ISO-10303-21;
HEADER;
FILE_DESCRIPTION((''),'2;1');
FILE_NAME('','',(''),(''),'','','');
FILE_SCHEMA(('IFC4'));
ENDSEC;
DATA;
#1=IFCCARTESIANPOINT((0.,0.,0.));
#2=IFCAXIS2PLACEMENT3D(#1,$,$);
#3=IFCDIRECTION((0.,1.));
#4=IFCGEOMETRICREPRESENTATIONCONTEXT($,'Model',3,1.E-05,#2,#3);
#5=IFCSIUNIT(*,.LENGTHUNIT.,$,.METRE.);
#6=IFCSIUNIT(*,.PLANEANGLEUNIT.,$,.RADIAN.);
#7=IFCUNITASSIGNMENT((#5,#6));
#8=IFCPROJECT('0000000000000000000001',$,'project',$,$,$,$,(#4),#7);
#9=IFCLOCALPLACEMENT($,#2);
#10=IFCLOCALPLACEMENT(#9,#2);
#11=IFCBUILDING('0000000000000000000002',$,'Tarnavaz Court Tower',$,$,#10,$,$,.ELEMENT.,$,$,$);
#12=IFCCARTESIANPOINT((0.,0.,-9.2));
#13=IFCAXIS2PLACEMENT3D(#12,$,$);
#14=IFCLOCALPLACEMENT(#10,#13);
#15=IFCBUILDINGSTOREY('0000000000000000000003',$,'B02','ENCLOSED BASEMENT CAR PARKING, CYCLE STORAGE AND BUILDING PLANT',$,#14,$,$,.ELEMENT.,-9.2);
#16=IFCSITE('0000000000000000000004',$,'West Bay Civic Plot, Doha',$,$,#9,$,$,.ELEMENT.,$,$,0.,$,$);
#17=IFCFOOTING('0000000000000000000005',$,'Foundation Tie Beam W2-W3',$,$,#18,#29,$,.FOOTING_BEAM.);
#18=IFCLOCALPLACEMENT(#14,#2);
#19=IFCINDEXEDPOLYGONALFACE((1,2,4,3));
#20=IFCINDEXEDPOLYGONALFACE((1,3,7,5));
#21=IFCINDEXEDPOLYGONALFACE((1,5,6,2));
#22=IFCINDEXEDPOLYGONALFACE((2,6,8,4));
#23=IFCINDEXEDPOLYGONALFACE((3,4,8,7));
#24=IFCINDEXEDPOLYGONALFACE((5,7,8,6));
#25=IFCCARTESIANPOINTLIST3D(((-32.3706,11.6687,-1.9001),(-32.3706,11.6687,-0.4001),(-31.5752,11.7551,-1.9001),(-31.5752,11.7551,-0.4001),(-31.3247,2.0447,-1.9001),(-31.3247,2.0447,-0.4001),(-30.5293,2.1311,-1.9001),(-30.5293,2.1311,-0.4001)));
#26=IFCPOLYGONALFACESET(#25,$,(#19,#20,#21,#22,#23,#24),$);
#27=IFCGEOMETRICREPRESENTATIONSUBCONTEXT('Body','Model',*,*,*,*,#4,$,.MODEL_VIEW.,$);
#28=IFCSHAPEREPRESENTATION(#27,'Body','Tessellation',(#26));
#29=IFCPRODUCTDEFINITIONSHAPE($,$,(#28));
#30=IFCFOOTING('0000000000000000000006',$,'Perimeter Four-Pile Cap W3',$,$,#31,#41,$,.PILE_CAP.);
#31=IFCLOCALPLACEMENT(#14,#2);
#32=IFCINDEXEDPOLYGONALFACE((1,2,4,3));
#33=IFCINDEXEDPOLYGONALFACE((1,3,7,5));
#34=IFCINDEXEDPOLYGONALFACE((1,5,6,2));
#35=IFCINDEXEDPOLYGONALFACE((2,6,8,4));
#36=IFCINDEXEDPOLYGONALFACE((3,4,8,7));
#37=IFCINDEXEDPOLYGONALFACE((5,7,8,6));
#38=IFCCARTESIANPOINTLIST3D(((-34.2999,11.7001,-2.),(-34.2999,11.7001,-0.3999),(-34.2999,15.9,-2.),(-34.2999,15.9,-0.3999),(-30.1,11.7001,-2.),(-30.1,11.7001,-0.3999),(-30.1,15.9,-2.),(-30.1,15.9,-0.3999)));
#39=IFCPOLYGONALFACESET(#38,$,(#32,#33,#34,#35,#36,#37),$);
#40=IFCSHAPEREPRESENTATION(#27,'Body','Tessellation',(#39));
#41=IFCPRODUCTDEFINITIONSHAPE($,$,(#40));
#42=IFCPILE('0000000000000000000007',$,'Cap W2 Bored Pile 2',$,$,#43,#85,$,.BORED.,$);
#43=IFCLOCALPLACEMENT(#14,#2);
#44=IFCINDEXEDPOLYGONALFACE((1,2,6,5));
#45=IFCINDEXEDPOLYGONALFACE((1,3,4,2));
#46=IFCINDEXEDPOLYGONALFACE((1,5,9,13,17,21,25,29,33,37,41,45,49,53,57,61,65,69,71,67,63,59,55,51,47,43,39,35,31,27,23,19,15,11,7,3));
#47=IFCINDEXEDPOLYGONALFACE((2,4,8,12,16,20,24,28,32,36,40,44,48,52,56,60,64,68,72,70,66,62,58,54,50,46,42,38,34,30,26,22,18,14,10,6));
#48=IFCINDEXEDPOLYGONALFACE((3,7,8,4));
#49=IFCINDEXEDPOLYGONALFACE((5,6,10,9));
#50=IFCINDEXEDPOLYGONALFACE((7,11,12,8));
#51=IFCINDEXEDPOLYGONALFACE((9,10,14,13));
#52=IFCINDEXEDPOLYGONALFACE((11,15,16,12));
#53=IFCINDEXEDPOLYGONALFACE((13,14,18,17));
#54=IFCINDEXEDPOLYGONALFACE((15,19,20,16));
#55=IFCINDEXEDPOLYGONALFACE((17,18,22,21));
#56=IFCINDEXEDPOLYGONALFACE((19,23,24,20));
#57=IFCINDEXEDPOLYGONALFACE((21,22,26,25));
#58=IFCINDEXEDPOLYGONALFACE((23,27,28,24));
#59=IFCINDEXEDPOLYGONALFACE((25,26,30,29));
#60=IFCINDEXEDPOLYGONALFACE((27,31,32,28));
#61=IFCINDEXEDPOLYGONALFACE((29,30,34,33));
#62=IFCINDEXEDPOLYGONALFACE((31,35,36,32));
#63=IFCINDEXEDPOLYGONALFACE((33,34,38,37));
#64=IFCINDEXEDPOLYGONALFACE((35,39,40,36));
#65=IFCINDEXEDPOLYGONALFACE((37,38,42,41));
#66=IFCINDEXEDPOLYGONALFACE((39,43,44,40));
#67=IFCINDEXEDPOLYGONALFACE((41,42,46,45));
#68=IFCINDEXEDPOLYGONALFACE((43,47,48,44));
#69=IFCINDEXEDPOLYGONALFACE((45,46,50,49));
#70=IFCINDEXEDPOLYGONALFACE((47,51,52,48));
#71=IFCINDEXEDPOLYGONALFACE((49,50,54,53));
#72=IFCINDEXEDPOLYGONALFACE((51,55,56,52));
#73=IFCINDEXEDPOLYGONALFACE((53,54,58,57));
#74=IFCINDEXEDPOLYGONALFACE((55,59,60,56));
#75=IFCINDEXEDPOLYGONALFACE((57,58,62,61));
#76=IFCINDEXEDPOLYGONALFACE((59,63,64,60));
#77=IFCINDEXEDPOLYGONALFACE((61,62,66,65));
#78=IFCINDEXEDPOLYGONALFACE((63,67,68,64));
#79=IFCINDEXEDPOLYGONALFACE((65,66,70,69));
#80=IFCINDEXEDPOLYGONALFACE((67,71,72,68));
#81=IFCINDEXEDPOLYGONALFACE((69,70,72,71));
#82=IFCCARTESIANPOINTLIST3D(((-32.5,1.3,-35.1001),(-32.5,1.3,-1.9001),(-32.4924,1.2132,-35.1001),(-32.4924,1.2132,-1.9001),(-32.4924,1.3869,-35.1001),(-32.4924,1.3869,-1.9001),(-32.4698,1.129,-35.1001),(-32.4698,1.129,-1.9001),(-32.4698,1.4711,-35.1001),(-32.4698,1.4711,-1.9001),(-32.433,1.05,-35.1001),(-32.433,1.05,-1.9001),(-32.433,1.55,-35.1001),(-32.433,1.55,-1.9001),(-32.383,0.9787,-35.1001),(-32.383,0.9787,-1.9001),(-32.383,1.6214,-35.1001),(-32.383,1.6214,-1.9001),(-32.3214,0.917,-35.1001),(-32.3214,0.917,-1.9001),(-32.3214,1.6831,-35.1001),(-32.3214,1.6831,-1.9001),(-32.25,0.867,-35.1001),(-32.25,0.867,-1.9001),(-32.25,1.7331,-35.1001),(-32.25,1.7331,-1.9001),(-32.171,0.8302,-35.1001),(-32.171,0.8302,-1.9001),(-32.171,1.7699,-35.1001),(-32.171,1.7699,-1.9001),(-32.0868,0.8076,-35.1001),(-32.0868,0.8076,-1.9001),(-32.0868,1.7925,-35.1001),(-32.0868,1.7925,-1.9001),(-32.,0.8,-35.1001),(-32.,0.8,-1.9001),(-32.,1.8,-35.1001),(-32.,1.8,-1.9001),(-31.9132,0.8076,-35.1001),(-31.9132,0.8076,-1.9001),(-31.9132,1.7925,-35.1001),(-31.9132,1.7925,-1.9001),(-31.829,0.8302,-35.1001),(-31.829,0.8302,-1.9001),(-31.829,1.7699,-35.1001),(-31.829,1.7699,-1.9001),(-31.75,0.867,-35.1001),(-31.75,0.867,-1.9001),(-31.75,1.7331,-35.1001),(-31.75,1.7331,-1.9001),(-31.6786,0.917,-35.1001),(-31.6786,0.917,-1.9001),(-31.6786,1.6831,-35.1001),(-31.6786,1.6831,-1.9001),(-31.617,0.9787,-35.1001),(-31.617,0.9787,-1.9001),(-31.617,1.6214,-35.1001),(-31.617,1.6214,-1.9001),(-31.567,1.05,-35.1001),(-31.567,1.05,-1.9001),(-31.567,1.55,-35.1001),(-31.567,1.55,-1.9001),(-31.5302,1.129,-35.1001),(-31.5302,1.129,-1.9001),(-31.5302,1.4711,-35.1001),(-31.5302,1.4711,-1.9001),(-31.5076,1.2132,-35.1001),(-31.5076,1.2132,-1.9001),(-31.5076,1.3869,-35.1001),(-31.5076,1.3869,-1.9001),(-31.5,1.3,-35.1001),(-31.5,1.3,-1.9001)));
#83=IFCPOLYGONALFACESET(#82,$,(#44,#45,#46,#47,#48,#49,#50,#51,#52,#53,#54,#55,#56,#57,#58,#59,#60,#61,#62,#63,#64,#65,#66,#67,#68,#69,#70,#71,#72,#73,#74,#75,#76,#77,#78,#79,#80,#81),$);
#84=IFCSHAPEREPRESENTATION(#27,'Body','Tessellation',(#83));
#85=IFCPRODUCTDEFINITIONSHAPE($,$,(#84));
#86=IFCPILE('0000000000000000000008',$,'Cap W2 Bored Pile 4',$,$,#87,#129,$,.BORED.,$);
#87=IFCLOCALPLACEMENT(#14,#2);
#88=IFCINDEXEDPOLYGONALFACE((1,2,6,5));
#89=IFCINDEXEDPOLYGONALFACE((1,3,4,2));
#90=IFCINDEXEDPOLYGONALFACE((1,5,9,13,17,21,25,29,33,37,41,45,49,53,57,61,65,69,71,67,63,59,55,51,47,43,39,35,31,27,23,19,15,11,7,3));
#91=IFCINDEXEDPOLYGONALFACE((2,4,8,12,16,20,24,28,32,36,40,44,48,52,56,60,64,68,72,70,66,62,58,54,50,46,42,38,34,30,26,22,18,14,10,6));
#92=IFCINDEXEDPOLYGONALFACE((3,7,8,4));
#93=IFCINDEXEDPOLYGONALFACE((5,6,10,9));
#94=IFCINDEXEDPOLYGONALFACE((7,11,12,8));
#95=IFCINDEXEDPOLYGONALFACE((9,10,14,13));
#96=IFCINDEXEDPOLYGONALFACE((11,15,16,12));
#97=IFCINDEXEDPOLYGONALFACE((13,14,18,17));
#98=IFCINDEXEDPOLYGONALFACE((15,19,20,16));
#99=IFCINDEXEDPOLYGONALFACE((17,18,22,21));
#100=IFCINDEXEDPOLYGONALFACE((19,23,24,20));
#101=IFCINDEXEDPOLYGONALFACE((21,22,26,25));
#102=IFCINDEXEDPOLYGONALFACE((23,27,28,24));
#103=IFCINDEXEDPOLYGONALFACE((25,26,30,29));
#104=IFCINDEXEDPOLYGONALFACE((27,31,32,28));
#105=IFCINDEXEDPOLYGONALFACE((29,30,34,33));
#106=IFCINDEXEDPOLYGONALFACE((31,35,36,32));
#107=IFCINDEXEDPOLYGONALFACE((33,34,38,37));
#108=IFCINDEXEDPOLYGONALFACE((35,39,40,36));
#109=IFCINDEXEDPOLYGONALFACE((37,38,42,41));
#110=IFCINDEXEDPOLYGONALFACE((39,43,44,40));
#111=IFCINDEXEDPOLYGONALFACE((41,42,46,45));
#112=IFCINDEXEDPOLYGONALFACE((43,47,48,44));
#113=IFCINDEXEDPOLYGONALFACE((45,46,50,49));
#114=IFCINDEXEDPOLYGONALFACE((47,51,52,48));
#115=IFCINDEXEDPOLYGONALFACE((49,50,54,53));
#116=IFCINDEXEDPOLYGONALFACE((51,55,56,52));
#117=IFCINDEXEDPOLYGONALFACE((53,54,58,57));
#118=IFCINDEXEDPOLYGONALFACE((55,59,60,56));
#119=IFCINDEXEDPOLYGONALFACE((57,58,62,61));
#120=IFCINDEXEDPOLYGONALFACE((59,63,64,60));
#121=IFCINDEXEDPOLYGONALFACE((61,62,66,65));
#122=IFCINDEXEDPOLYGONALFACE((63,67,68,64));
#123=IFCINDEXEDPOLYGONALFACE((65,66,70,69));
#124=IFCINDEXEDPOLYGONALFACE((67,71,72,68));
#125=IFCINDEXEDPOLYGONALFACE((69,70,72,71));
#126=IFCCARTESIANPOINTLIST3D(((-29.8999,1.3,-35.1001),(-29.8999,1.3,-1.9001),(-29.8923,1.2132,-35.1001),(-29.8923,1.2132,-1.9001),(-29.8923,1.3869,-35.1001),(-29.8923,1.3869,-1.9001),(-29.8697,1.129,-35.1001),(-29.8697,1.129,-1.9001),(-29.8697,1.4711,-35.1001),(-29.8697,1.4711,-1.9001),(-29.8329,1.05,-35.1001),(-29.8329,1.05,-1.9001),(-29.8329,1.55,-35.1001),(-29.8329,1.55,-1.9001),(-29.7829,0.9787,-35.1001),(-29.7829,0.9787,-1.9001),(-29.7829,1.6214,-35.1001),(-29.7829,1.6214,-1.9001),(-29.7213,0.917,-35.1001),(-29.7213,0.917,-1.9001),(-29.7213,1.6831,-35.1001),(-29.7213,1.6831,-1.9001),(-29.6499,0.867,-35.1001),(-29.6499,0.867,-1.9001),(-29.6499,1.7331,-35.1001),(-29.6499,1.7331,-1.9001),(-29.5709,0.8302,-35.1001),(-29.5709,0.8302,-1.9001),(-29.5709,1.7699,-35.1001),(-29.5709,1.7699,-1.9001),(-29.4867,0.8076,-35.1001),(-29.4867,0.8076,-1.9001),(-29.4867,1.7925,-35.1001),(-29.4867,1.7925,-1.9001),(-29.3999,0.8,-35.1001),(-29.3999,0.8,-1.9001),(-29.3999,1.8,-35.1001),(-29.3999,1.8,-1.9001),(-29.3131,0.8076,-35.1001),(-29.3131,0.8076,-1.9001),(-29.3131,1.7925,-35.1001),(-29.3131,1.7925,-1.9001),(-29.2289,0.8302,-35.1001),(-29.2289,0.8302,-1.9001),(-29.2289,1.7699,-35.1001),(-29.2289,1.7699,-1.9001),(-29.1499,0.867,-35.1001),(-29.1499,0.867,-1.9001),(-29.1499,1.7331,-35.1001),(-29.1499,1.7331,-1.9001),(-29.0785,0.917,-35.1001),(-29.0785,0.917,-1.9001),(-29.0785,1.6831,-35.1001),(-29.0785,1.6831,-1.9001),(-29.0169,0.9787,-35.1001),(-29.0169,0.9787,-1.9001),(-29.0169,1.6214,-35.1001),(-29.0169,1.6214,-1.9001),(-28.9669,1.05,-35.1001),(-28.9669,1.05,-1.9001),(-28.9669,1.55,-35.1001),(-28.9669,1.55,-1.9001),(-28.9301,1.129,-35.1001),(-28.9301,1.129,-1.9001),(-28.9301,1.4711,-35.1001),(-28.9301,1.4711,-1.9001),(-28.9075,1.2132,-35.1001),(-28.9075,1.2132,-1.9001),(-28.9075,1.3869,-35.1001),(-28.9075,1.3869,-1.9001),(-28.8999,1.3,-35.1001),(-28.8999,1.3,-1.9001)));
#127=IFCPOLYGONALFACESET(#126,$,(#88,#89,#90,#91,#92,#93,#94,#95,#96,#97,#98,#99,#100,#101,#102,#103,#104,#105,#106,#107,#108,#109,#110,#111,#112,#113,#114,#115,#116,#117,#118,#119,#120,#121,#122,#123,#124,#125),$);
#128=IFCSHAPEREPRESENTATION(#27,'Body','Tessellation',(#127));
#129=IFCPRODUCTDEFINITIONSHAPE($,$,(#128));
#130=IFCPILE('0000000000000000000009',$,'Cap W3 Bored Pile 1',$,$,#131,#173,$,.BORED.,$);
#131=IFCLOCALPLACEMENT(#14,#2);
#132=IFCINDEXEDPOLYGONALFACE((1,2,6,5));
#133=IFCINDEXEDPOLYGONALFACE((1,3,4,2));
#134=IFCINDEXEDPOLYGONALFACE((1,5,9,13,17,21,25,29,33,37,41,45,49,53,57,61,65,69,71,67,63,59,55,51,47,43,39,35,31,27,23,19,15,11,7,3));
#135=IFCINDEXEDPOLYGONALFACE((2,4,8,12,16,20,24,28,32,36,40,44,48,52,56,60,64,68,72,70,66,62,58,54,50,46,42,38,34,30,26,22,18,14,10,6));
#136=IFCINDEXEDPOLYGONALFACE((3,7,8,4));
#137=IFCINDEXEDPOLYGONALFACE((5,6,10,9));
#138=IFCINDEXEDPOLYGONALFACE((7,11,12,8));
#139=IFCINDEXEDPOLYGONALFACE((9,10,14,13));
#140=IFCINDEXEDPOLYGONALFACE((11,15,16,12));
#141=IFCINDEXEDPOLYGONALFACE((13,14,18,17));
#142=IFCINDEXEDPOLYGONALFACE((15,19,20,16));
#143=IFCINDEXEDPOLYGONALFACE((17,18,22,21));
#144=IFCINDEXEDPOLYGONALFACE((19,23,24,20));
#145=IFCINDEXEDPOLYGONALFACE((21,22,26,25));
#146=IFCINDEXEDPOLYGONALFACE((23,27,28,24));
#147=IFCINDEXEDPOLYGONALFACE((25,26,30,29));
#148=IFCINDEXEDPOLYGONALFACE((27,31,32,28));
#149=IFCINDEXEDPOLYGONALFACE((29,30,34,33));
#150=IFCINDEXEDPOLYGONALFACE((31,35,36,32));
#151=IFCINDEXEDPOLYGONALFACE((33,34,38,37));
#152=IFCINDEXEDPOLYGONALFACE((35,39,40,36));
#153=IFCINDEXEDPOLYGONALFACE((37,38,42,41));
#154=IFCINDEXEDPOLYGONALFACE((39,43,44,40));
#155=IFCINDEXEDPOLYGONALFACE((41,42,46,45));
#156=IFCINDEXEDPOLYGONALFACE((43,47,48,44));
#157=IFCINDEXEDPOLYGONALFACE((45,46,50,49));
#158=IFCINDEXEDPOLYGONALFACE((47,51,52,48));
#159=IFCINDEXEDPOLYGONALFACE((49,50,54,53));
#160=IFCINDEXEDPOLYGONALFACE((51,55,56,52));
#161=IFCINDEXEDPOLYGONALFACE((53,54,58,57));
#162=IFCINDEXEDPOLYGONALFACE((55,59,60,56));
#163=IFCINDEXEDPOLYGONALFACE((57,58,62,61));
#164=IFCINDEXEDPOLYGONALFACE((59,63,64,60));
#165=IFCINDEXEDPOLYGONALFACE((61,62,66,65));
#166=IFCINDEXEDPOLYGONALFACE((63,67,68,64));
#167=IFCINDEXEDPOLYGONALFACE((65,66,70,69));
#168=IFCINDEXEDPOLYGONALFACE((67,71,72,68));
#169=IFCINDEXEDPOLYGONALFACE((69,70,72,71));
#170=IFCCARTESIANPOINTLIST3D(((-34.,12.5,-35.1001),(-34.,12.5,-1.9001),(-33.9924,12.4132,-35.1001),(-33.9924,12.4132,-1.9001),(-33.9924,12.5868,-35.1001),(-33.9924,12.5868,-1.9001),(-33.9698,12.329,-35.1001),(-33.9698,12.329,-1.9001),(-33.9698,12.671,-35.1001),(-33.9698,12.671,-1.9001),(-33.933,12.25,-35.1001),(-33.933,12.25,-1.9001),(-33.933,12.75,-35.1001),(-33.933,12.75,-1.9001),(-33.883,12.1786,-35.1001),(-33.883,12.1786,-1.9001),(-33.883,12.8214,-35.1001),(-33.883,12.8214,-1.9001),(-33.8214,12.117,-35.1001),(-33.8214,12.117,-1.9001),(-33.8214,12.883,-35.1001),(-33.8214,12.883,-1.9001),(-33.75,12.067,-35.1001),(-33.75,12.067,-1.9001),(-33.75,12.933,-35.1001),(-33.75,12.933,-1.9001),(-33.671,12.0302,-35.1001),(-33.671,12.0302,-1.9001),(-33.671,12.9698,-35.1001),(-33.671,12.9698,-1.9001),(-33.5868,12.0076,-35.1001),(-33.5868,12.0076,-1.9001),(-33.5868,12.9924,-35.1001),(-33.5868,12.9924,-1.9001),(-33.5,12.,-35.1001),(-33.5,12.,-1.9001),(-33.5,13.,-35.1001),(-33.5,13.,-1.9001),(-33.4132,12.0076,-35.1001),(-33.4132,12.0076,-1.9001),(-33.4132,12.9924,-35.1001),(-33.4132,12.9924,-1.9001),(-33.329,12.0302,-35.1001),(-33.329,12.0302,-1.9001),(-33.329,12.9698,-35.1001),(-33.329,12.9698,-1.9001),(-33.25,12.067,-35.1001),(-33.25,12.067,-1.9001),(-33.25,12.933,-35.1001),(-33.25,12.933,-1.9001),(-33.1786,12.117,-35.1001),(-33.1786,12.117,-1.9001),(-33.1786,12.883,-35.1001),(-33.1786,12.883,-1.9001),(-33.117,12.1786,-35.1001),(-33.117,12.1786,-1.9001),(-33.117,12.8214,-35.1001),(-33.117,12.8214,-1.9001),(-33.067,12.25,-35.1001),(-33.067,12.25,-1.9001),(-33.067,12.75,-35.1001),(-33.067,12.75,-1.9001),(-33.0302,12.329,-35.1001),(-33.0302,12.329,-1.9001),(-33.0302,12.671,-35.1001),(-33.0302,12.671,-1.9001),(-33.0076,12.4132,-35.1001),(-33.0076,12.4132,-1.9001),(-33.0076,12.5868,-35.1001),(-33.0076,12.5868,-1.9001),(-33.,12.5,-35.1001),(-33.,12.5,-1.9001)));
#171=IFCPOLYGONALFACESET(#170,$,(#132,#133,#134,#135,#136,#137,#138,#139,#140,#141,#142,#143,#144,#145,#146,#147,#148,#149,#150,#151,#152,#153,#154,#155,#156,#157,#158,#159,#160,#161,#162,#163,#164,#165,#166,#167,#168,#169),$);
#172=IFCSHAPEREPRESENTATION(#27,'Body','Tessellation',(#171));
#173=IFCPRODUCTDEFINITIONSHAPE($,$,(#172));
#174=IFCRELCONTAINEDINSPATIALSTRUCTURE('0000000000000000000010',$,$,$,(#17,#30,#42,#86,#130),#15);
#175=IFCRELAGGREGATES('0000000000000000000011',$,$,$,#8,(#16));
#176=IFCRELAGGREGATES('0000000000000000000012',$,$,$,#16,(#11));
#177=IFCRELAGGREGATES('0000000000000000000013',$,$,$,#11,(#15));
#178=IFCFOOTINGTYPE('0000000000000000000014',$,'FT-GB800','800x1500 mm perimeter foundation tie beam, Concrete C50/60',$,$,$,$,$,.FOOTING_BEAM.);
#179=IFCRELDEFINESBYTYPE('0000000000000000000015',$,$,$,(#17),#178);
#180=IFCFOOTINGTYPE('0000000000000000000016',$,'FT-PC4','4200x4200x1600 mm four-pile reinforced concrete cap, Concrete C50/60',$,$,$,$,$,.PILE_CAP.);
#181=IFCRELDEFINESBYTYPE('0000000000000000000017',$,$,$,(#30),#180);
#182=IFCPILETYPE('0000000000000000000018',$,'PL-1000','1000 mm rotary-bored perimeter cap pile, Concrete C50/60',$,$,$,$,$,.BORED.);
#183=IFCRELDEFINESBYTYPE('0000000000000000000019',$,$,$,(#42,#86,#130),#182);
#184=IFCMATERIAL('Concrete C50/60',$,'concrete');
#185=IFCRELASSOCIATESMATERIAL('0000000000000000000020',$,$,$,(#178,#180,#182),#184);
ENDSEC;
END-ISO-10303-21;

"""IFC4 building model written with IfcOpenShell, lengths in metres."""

from ifc_helpers import new_model, si_unit, direction, frame, origin, origin_2d, place, context, subcontext, project, spatial, rectangle, circle, extrude, material, material_profile, profile_set, type_object, element, save


model = new_model("IFC4")

# Units and contexts
model_context = context("Model", 3, precision=1e-05, world=origin(), true_north=direction((0.0, 1.0)))
body_context = subcontext(model_context, "Body", "Model", "MODEL_VIEW")
ifc_project = project(units=[si_unit("LENGTHUNIT", "METRE"), si_unit("PLANEANGLEUNIT", "RADIAN")], contexts=[model_context])

# Site, building, storey
site_placement = place(None, origin())
site = spatial("IfcSite", under=ifc_project, at=site_placement, Name="West Bay Civic Plot, Doha", CompositionType="ELEMENT", RefElevation=0.0)
building_placement = place(site_placement, origin())
building = spatial("IfcBuilding", under=site, at=building_placement, Name="Tarnavaz Court Tower", CompositionType="ELEMENT")
storey_placement = place(building_placement, frame((0.0, 0.0, -9.2)))
storey = spatial("IfcBuildingStorey", under=building, at=storey_placement, Name="B02", Description="ENCLOSED BASEMENT CAR PARKING, CYCLE STORAGE AND BUILDING PLANT", CompositionType="ELEMENT", Elevation=-9.2)

# Footings
ifc_material_1 = material(Name="Concrete C50/60", Category="concrete")
ifc_material_profile_1 = material_profile(ifc_material_1, rectangle(XDim=0.8, YDim=1.5, at=origin_2d()), Name="RC 800X1500")
ifc_profile_set_1 = profile_set([ifc_material_profile_1], Name="Concrete C50/60")
footing_type_1 = type_object("IfcFootingType", Name="FT-GB800", Description="800x1500 mm perimeter foundation tie beam, Concrete C50/60", PredefinedType="FOOTING_BEAM", material=ifc_profile_set_1)
footing_1_placement = place(storey_placement, frame((-30.927, 2.0879, -1.1501), z_axis=(-0.10804, 0.994147, 0.0), x_axis=(-0.994147, -0.10804, 0.0)))
element("IfcFooting", 1, at=footing_1_placement, inside=storey, type_object=footing_type_1, Name="Foundation Tie Beam W2-W3", PredefinedType="FOOTING_BEAM", context=body_context, shape_type="SweptSolid", body=[
    extrude(rectangle(XDim=0.8, YDim=1.5, at=origin_2d()), origin(), (0.0, 0.0, 1.0), 9.6807),
])
footing_type_2 = type_object("IfcFootingType", Name="FT-PC4", Description="4200x4200x1600 mm four-pile reinforced concrete cap, Concrete C50/60", PredefinedType="PILE_CAP", material=ifc_material_1)
footing_2_placement = place(storey_placement, frame((-32.2, 13.8, -2.0), z_axis=(0.0, 0.0, 1.0), x_axis=(1.0, 0.0, 0.0)))
element("IfcFooting", 2, at=footing_2_placement, inside=storey, type_object=footing_type_2, Name="Perimeter Four-Pile Cap W3", PredefinedType="PILE_CAP", context=body_context, shape_type="SweptSolid", body=[
    extrude(rectangle(XDim=4.2, YDim=4.2, at=origin_2d()), origin(), (0.0, 0.0, 1.0), 1.6001),
])

# Piles
ifc_material_profile_2 = material_profile(ifc_material_1, circle(Radius=0.5, at=origin_2d()), Name="PILE D1000")
ifc_profile_set_2 = profile_set([ifc_material_profile_2], Name="Concrete C50/60")
pile_type_1 = type_object("IfcPileType", Name="PL-1000", Description="1000 mm rotary-bored perimeter cap pile, Concrete C50/60", PredefinedType="BORED", material=ifc_profile_set_2)
for number, where, z_axis, x_axis, name in (
    (3, (-32.0, 1.3, -1.9001), (0.0, 0.0, -1.0), (1.0, 0.0, 0.0), "Cap W2 Bored Pile 2"),
    (4, (-29.3999, 1.3, -1.9001), (0.0, 0.0, -1.0), (1.0, 0.0, 0.0), "Cap W2 Bored Pile 4"),
    (5, (-33.5, 12.5, -1.9001), (0.0, 0.0, -1.0), (1.0, 0.0, 0.0), "Cap W3 Bored Pile 1"),
):
    element("IfcPile", number, at=place(storey_placement, frame(where, z_axis=z_axis, x_axis=x_axis)), inside=storey, type_object=pile_type_1, Name=name, PredefinedType="BORED", context=body_context, shape_type="SweptSolid", body=[
        extrude(circle(Radius=0.5, at=origin_2d()), origin(), (0.0, 0.0, 1.0), 33.2),
    ])

save(model, "model.ifc")
